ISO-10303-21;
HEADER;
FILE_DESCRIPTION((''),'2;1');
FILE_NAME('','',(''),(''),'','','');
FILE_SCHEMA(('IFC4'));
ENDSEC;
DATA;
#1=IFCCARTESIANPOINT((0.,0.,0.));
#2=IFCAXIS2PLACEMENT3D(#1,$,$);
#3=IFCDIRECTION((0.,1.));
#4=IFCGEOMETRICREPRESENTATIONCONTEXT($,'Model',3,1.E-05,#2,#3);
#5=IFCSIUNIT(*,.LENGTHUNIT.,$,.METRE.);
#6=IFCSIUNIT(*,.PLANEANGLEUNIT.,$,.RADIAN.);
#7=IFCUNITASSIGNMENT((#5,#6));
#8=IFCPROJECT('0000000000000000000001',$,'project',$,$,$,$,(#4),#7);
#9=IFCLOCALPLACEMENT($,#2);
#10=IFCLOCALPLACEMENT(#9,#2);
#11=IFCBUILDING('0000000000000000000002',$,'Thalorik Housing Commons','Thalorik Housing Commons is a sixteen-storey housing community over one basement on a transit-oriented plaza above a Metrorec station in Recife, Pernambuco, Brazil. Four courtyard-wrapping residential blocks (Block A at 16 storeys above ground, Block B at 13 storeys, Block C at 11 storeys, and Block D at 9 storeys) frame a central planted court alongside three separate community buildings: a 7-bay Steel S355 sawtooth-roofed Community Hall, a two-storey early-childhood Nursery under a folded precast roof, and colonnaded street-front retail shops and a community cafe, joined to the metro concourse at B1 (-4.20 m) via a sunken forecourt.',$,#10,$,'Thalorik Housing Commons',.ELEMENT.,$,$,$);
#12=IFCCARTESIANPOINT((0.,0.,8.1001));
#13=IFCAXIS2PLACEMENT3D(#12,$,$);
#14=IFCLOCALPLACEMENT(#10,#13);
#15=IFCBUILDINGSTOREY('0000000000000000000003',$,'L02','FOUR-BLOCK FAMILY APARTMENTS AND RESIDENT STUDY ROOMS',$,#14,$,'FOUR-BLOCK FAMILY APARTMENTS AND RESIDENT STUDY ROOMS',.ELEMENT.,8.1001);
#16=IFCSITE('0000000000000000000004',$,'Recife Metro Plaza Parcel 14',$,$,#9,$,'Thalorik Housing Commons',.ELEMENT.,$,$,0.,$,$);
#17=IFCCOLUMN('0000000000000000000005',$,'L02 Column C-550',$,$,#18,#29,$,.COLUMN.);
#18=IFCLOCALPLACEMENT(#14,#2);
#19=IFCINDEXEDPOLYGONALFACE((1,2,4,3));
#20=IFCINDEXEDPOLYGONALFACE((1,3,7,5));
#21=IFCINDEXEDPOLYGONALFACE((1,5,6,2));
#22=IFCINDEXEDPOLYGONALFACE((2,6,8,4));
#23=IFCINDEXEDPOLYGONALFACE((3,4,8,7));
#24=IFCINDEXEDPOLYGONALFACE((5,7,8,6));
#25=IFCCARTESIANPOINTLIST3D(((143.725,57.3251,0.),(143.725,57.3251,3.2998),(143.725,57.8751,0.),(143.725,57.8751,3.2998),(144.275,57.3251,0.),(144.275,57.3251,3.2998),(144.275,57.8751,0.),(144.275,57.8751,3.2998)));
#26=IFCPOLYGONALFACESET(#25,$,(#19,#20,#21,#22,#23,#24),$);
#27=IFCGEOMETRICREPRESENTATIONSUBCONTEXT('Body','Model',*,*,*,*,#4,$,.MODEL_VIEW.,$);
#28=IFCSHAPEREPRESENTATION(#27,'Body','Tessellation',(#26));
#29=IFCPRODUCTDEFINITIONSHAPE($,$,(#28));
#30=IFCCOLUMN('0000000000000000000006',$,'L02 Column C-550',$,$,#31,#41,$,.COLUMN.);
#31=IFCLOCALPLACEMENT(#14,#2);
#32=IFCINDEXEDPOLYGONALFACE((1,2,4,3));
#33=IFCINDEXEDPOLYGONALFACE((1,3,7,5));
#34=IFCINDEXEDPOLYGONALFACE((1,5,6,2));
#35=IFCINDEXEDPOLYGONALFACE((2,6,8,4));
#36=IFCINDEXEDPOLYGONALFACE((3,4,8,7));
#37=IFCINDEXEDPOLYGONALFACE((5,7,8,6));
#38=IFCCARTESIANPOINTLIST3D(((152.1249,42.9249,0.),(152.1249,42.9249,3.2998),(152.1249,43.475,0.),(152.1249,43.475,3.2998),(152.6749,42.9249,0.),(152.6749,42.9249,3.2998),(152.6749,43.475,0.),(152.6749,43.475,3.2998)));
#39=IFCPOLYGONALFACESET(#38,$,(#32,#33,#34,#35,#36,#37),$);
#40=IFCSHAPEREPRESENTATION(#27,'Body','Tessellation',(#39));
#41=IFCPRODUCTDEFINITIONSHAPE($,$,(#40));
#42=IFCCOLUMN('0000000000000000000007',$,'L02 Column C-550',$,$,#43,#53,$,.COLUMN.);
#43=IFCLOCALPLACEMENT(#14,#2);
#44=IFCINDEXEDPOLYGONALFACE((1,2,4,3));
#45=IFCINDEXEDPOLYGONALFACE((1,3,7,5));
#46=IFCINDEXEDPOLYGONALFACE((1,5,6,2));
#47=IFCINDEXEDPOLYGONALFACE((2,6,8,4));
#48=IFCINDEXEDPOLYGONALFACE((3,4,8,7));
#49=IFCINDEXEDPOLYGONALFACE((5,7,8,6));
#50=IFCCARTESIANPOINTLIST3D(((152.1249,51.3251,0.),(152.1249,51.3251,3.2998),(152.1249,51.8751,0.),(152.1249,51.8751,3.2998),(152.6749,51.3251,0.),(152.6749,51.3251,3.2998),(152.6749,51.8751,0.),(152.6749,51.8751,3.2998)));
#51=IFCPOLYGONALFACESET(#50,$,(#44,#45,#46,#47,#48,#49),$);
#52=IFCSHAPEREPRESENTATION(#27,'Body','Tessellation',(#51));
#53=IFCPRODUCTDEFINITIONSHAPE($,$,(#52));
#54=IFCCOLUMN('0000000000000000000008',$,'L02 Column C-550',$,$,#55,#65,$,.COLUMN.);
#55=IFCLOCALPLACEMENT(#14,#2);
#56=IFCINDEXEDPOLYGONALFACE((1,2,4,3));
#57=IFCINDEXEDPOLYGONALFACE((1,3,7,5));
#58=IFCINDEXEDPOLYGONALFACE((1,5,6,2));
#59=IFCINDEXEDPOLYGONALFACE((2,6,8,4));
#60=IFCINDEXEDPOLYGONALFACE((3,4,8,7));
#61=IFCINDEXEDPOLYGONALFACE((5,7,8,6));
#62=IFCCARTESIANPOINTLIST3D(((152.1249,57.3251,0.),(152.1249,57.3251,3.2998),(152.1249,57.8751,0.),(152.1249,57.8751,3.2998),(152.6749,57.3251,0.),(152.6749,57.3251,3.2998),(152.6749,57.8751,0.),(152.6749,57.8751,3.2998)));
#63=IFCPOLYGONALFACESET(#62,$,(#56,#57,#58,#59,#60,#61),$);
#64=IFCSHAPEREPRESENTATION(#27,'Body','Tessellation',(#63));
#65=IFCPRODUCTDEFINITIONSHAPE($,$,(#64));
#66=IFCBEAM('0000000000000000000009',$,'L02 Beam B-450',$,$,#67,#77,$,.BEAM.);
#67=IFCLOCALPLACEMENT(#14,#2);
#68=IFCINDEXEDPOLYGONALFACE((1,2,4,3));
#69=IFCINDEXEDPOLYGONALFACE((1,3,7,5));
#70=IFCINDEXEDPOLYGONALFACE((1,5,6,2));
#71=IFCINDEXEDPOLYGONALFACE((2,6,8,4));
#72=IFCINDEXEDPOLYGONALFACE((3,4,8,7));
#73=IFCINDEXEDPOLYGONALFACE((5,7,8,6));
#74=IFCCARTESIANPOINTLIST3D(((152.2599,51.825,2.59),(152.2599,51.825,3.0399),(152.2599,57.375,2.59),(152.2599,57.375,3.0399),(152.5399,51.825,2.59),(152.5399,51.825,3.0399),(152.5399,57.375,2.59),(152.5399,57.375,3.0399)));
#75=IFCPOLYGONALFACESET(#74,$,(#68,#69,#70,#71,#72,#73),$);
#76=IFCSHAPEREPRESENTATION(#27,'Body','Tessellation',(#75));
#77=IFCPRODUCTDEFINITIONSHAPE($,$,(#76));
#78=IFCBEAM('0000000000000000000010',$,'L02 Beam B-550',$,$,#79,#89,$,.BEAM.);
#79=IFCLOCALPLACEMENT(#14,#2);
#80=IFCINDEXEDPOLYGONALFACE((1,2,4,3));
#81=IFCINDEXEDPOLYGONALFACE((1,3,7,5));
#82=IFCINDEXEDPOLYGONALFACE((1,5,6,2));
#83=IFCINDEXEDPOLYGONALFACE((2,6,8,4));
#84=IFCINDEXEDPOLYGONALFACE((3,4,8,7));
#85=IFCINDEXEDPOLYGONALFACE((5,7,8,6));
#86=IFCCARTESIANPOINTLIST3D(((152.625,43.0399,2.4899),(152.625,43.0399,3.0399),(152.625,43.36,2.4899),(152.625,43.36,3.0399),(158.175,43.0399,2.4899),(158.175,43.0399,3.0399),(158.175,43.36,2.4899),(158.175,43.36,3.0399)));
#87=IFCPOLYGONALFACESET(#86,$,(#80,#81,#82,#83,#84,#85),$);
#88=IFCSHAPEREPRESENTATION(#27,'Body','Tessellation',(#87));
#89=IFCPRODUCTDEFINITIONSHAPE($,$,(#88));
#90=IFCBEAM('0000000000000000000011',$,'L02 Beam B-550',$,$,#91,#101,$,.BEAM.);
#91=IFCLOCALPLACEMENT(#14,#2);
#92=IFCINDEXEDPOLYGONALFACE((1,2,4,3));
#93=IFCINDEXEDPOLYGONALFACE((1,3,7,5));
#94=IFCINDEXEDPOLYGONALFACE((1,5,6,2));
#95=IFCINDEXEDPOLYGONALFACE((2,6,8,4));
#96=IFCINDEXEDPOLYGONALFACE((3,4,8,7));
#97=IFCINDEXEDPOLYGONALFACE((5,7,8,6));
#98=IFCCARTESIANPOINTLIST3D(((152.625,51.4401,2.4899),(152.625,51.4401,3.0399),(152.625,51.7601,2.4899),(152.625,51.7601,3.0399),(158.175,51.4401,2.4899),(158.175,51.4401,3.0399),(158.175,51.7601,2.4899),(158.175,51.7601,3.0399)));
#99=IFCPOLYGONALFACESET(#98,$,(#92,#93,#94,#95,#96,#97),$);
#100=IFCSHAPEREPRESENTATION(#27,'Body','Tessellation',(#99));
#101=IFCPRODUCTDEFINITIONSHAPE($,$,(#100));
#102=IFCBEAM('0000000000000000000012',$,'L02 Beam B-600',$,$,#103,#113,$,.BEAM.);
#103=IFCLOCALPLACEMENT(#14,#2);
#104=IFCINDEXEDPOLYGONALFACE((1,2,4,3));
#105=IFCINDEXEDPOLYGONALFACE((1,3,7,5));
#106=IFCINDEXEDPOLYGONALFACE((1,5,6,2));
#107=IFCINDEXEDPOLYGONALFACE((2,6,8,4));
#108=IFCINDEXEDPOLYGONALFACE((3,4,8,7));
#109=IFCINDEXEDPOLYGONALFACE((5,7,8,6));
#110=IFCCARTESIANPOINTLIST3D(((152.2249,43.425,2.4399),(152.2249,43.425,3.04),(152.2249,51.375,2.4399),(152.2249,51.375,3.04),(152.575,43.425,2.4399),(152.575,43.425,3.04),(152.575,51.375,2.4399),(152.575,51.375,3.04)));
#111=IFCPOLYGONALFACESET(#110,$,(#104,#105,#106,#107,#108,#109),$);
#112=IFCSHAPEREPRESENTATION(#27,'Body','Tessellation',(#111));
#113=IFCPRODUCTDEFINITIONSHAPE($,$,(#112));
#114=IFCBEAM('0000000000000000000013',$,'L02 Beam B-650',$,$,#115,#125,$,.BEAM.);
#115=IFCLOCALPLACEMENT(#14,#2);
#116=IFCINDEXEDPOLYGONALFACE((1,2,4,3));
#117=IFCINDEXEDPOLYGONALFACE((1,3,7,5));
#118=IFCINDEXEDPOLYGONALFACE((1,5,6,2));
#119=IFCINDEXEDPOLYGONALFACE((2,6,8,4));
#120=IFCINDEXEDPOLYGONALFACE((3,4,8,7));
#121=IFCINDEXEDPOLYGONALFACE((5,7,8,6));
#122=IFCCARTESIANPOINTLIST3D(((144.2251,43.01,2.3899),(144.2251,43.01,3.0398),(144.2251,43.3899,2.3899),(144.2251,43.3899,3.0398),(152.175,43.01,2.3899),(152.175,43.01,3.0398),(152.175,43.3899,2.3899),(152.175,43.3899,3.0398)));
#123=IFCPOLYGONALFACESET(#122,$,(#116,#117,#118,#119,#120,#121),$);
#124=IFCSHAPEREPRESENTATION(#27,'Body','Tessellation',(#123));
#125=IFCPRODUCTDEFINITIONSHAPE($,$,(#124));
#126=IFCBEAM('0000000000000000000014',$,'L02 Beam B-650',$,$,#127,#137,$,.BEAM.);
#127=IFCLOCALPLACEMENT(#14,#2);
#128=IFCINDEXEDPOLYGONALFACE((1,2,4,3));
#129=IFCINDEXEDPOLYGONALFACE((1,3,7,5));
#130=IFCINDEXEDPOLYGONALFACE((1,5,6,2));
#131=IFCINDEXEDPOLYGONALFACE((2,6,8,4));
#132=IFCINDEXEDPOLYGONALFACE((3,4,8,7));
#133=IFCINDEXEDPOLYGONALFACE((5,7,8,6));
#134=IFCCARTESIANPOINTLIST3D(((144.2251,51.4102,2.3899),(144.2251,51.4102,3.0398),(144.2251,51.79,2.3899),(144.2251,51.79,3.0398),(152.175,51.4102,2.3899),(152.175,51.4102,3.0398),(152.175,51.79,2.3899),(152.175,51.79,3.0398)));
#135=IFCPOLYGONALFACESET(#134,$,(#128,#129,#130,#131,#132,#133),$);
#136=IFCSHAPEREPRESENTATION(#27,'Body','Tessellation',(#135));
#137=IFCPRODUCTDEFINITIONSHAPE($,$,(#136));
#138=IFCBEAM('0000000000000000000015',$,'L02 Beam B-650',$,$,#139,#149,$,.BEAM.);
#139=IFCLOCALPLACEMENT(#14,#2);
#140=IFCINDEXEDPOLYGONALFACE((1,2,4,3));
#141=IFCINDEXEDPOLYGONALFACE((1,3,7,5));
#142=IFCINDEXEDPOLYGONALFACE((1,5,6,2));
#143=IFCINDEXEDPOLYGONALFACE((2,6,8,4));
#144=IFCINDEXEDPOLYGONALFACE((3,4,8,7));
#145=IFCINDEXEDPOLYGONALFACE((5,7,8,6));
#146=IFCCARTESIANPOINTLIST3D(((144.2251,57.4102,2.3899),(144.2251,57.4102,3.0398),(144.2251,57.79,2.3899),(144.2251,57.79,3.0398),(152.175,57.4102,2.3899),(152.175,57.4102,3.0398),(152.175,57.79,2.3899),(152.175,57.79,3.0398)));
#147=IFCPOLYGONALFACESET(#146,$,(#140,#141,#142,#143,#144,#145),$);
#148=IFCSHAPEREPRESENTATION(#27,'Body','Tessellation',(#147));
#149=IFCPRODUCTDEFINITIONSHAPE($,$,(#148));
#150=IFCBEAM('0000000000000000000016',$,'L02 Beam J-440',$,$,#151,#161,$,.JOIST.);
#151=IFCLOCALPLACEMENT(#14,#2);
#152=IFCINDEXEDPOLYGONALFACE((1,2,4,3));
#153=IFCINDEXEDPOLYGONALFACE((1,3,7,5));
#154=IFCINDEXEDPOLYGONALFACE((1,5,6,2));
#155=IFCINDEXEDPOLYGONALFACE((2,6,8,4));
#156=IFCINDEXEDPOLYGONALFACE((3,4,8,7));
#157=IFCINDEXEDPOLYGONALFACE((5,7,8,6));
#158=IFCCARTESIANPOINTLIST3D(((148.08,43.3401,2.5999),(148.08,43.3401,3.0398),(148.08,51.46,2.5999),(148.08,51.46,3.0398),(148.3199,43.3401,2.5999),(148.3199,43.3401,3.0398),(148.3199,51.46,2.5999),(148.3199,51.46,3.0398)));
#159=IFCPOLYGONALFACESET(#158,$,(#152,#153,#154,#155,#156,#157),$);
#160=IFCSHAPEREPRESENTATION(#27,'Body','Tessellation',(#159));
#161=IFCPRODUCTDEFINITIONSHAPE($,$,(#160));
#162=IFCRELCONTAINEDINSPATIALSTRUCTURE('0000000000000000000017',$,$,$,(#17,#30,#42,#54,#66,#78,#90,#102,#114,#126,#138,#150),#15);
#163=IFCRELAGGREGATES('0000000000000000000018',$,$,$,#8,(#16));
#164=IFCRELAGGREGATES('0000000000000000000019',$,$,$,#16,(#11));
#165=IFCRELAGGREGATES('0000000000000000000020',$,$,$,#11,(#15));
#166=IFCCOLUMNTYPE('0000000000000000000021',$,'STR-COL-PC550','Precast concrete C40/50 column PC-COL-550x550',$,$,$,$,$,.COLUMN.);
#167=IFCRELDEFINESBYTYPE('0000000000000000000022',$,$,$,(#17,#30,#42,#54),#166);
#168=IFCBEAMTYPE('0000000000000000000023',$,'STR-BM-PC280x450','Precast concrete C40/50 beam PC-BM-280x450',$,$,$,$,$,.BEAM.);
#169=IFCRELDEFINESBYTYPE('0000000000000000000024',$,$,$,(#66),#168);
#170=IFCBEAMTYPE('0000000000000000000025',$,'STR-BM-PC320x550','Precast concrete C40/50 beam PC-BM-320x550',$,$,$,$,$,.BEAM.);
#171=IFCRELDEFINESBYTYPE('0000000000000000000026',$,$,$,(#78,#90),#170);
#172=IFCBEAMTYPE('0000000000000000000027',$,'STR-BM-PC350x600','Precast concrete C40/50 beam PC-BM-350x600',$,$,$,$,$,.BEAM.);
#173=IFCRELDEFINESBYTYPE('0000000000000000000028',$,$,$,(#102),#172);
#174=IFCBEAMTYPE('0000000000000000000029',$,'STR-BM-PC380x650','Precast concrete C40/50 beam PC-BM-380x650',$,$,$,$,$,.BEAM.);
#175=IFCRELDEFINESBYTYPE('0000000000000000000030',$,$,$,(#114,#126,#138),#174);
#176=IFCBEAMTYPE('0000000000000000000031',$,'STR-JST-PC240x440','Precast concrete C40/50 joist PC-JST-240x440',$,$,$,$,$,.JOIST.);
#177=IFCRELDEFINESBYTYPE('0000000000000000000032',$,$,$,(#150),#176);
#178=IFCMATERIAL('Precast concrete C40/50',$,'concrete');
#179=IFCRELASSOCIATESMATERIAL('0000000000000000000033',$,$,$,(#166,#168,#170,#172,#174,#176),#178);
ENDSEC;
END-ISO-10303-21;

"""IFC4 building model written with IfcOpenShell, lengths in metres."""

from ifc_helpers import new_model, si_unit, direction, frame, origin, origin_2d, place, context, subcontext, project, spatial, rectangle, extrude, material, material_profile, profile_set, type_object, element, save


model = new_model("IFC4")

# Units and contexts
model_context = context("Model", 3, precision=1e-05, world=origin(), true_north=direction((0.0, 1.0)))
body_context = subcontext(model_context, "Body", "Model", "MODEL_VIEW")
ifc_project = project(units=[si_unit("LENGTHUNIT", "METRE"), si_unit("PLANEANGLEUNIT", "RADIAN")], contexts=[model_context])

# Site, building, storey
site_placement = place(None, origin())
site = spatial("IfcSite", under=ifc_project, at=site_placement, Name="Recife Metro Plaza Parcel 14", LongName="Thalorik Housing Commons", CompositionType="ELEMENT", RefElevation=0.0)
building_placement = place(site_placement, origin())
building = spatial("IfcBuilding", under=site, at=building_placement, Name="Thalorik Housing Commons", Description="Thalorik Housing Commons is a sixteen-storey housing community over one basement on a transit-oriented plaza above a Metrorec station in Recife, Pernambuco, Brazil. Four courtyard-wrapping residential blocks (Block A at 16 storeys above ground, Block B at 13 storeys, Block C at 11 storeys, and Block D at 9 storeys) frame a central planted court alongside three separate community buildings: a 7-bay Steel S355 sawtooth-roofed Community Hall, a two-storey early-childhood Nursery under a folded precast roof, and colonnaded street-front retail shops and a community cafe, joined to the metro concourse at B1 (-4.20 m) via a sunken forecourt.", LongName="Thalorik Housing Commons", CompositionType="ELEMENT")
storey_placement = place(building_placement, frame((0.0, 0.0, 8.1001)))
storey = spatial("IfcBuildingStorey", under=building, at=storey_placement, Name="L02", Description="FOUR-BLOCK FAMILY APARTMENTS AND RESIDENT STUDY ROOMS", LongName="FOUR-BLOCK FAMILY APARTMENTS AND RESIDENT STUDY ROOMS", CompositionType="ELEMENT", Elevation=8.1001)

# Columns
ifc_material_1 = material(Name="Precast concrete C40/50", Category="concrete")
ifc_material_profile_1 = material_profile(ifc_material_1, rectangle(XDim=0.55, YDim=0.55, at=origin_2d()), Name="PC 550x550", Category="concrete")
ifc_profile_set_1 = profile_set([ifc_material_profile_1], Name="Precast concrete C40/50")
column_type = type_object("IfcColumnType", Name="STR-COL-PC550", Description="Precast concrete C40/50 column PC-COL-550x550", PredefinedType="COLUMN", material=ifc_profile_set_1)
for number, where, z_axis, x_axis, name in (
    (1, (144.0, 57.6001, 0.0), (0.0, 0.0, 1.0), (1.0, 0.0, 0.0), "L02 Column C-550"),
    (2, (152.3999, 43.2, 0.0), (0.0, 0.0, 1.0), (1.0, 0.0, 0.0), "L02 Column C-550"),
    (3, (152.3999, 51.6001, 0.0), (0.0, 0.0, 1.0), (1.0, 0.0, 0.0), "L02 Column C-550"),
    (4, (152.3999, 57.6001, 0.0), (0.0, 0.0, 1.0), (1.0, 0.0, 0.0), "L02 Column C-550"),
):
    element("IfcColumn", number, at=place(storey_placement, frame(where, z_axis=z_axis, x_axis=x_axis)), inside=storey, type_object=column_type, Name=name, PredefinedType="COLUMN", context=body_context, shape_type="SweptSolid", body=[
        extrude(rectangle(XDim=0.55, YDim=0.55, at=origin_2d()), origin(), (0.0, 0.0, 1.0), 3.2998),
    ])

# Beams
ifc_material_profile_2 = material_profile(ifc_material_1, rectangle(XDim=0.28, YDim=0.45, at=origin_2d()), Name="PC 280x450", Category="concrete")
ifc_profile_set_2 = profile_set([ifc_material_profile_2], Name="Precast concrete C40/50")
beam_type_1 = type_object("IfcBeamType", Name="STR-BM-PC280x450", Description="Precast concrete C40/50 beam PC-BM-280x450", PredefinedType="BEAM", material=ifc_profile_set_2)
beam_1_placement = place(storey_placement, frame((152.3999, 51.825, 2.8149), z_axis=(0.0, 1.0, 0.0), x_axis=(-1.0, 0.0, 0.0)))
element("IfcBeam", 5, at=beam_1_placement, inside=storey, type_object=beam_type_1, Name="L02 Beam B-450", PredefinedType="BEAM", context=body_context, shape_type="SweptSolid", body=[
    extrude(rectangle(XDim=0.28, YDim=0.45, at=origin_2d()), origin(), (0.0, 0.0, 1.0), 5.55),
])
ifc_material_profile_3 = material_profile(ifc_material_1, rectangle(XDim=0.3201, YDim=0.55, at=origin_2d()), Name="PC 320x550", Category="concrete")
ifc_profile_set_3 = profile_set([ifc_material_profile_3], Name="Precast concrete C40/50")
beam_type_2 = type_object("IfcBeamType", Name="STR-BM-PC320x550", Description="Precast concrete C40/50 beam PC-BM-320x550", PredefinedType="BEAM", material=ifc_profile_set_3)
for number, where, z_axis, x_axis, name in (
    (6, (152.625, 43.2, 2.7649), (1.0, 0.0, 0.0), (0.0, 1.0, 0.0), "L02 Beam B-550"),
    (7, (152.625, 51.6001, 2.7649), (1.0, 0.0, 0.0), (0.0, 1.0, 0.0), "L02 Beam B-550"),
):
    element("IfcBeam", number, at=place(storey_placement, frame(where, z_axis=z_axis, x_axis=x_axis)), inside=storey, type_object=beam_type_2, Name=name, PredefinedType="BEAM", context=body_context, shape_type="SweptSolid", body=[
        extrude(rectangle(XDim=0.3201, YDim=0.55, at=origin_2d()), origin(), (0.0, 0.0, 1.0), 5.55),
    ])
ifc_material_profile_4 = material_profile(ifc_material_1, rectangle(XDim=0.3501, YDim=0.6001, at=origin_2d()), Name="PC 350x600", Category="concrete")
ifc_profile_set_4 = profile_set([ifc_material_profile_4], Name="Precast concrete C40/50")
beam_type_3 = type_object("IfcBeamType", Name="STR-BM-PC350x600", Description="Precast concrete C40/50 beam PC-BM-350x600", PredefinedType="BEAM", material=ifc_profile_set_4)
beam_2_placement = place(storey_placement, frame((152.3999, 43.425, 2.74), z_axis=(0.0, 1.0, 0.0), x_axis=(-1.0, 0.0, 0.0)))
element("IfcBeam", 8, at=beam_2_placement, inside=storey, type_object=beam_type_3, Name="L02 Beam B-600", PredefinedType="BEAM", context=body_context, shape_type="SweptSolid", body=[
    extrude(rectangle(XDim=0.3501, YDim=0.6001, at=origin_2d()), origin(), (0.0, 0.0, 1.0), 7.95),
])
ifc_material_profile_5 = material_profile(ifc_material_1, rectangle(XDim=0.3799, YDim=0.6499, at=origin_2d()), Name="PC 380x650", Category="concrete")
ifc_profile_set_5 = profile_set([ifc_material_profile_5], Name="Precast concrete C40/50")
beam_type_4 = type_object("IfcBeamType", Name="STR-BM-PC380x650", Description="Precast concrete C40/50 beam PC-BM-380x650", PredefinedType="BEAM", material=ifc_profile_set_5)
for number, where, z_axis, x_axis, name in (
    (9, (144.2251, 43.2, 2.7148), (1.0, 0.0, 0.0), (0.0, 1.0, 0.0), "L02 Beam B-650"),
    (10, (144.2251, 51.6001, 2.7148), (1.0, 0.0, 0.0), (0.0, 1.0, 0.0), "L02 Beam B-650"),
    (11, (144.2251, 57.6001, 2.7148), (1.0, 0.0, 0.0), (0.0, 1.0, 0.0), "L02 Beam B-650"),
):
    element("IfcBeam", number, at=place(storey_placement, frame(where, z_axis=z_axis, x_axis=x_axis)), inside=storey, type_object=beam_type_4, Name=name, PredefinedType="BEAM", context=body_context, shape_type="SweptSolid", body=[
        extrude(rectangle(XDim=0.3799, YDim=0.6499, at=origin_2d()), origin(), (0.0, 0.0, 1.0), 7.95),
    ])
ifc_material_profile_6 = material_profile(ifc_material_1, rectangle(XDim=0.24, YDim=0.4399, at=origin_2d()), Name="PC JST 240x440", Category="concrete")
ifc_profile_set_6 = profile_set([ifc_material_profile_6], Name="Precast concrete C40/50")
beam_type_5 = type_object("IfcBeamType", Name="STR-JST-PC240x440", Description="Precast concrete C40/50 joist PC-JST-240x440", PredefinedType="JOIST", material=ifc_profile_set_6)
beam_3_placement = place(storey_placement, frame((148.2, 43.3401, 2.8198), z_axis=(0.0, 1.0, 0.0), x_axis=(-1.0, 0.0, 0.0)))
element("IfcBeam", 12, at=beam_3_placement, inside=storey, type_object=beam_type_5, Name="L02 Beam J-440", PredefinedType="JOIST", context=body_context, shape_type="SweptSolid", body=[
    extrude(rectangle(XDim=0.24, YDim=0.4399, at=origin_2d()), origin(), (0.0, 0.0, 1.0), 8.1199),
])

save(model, "model.ifc")
